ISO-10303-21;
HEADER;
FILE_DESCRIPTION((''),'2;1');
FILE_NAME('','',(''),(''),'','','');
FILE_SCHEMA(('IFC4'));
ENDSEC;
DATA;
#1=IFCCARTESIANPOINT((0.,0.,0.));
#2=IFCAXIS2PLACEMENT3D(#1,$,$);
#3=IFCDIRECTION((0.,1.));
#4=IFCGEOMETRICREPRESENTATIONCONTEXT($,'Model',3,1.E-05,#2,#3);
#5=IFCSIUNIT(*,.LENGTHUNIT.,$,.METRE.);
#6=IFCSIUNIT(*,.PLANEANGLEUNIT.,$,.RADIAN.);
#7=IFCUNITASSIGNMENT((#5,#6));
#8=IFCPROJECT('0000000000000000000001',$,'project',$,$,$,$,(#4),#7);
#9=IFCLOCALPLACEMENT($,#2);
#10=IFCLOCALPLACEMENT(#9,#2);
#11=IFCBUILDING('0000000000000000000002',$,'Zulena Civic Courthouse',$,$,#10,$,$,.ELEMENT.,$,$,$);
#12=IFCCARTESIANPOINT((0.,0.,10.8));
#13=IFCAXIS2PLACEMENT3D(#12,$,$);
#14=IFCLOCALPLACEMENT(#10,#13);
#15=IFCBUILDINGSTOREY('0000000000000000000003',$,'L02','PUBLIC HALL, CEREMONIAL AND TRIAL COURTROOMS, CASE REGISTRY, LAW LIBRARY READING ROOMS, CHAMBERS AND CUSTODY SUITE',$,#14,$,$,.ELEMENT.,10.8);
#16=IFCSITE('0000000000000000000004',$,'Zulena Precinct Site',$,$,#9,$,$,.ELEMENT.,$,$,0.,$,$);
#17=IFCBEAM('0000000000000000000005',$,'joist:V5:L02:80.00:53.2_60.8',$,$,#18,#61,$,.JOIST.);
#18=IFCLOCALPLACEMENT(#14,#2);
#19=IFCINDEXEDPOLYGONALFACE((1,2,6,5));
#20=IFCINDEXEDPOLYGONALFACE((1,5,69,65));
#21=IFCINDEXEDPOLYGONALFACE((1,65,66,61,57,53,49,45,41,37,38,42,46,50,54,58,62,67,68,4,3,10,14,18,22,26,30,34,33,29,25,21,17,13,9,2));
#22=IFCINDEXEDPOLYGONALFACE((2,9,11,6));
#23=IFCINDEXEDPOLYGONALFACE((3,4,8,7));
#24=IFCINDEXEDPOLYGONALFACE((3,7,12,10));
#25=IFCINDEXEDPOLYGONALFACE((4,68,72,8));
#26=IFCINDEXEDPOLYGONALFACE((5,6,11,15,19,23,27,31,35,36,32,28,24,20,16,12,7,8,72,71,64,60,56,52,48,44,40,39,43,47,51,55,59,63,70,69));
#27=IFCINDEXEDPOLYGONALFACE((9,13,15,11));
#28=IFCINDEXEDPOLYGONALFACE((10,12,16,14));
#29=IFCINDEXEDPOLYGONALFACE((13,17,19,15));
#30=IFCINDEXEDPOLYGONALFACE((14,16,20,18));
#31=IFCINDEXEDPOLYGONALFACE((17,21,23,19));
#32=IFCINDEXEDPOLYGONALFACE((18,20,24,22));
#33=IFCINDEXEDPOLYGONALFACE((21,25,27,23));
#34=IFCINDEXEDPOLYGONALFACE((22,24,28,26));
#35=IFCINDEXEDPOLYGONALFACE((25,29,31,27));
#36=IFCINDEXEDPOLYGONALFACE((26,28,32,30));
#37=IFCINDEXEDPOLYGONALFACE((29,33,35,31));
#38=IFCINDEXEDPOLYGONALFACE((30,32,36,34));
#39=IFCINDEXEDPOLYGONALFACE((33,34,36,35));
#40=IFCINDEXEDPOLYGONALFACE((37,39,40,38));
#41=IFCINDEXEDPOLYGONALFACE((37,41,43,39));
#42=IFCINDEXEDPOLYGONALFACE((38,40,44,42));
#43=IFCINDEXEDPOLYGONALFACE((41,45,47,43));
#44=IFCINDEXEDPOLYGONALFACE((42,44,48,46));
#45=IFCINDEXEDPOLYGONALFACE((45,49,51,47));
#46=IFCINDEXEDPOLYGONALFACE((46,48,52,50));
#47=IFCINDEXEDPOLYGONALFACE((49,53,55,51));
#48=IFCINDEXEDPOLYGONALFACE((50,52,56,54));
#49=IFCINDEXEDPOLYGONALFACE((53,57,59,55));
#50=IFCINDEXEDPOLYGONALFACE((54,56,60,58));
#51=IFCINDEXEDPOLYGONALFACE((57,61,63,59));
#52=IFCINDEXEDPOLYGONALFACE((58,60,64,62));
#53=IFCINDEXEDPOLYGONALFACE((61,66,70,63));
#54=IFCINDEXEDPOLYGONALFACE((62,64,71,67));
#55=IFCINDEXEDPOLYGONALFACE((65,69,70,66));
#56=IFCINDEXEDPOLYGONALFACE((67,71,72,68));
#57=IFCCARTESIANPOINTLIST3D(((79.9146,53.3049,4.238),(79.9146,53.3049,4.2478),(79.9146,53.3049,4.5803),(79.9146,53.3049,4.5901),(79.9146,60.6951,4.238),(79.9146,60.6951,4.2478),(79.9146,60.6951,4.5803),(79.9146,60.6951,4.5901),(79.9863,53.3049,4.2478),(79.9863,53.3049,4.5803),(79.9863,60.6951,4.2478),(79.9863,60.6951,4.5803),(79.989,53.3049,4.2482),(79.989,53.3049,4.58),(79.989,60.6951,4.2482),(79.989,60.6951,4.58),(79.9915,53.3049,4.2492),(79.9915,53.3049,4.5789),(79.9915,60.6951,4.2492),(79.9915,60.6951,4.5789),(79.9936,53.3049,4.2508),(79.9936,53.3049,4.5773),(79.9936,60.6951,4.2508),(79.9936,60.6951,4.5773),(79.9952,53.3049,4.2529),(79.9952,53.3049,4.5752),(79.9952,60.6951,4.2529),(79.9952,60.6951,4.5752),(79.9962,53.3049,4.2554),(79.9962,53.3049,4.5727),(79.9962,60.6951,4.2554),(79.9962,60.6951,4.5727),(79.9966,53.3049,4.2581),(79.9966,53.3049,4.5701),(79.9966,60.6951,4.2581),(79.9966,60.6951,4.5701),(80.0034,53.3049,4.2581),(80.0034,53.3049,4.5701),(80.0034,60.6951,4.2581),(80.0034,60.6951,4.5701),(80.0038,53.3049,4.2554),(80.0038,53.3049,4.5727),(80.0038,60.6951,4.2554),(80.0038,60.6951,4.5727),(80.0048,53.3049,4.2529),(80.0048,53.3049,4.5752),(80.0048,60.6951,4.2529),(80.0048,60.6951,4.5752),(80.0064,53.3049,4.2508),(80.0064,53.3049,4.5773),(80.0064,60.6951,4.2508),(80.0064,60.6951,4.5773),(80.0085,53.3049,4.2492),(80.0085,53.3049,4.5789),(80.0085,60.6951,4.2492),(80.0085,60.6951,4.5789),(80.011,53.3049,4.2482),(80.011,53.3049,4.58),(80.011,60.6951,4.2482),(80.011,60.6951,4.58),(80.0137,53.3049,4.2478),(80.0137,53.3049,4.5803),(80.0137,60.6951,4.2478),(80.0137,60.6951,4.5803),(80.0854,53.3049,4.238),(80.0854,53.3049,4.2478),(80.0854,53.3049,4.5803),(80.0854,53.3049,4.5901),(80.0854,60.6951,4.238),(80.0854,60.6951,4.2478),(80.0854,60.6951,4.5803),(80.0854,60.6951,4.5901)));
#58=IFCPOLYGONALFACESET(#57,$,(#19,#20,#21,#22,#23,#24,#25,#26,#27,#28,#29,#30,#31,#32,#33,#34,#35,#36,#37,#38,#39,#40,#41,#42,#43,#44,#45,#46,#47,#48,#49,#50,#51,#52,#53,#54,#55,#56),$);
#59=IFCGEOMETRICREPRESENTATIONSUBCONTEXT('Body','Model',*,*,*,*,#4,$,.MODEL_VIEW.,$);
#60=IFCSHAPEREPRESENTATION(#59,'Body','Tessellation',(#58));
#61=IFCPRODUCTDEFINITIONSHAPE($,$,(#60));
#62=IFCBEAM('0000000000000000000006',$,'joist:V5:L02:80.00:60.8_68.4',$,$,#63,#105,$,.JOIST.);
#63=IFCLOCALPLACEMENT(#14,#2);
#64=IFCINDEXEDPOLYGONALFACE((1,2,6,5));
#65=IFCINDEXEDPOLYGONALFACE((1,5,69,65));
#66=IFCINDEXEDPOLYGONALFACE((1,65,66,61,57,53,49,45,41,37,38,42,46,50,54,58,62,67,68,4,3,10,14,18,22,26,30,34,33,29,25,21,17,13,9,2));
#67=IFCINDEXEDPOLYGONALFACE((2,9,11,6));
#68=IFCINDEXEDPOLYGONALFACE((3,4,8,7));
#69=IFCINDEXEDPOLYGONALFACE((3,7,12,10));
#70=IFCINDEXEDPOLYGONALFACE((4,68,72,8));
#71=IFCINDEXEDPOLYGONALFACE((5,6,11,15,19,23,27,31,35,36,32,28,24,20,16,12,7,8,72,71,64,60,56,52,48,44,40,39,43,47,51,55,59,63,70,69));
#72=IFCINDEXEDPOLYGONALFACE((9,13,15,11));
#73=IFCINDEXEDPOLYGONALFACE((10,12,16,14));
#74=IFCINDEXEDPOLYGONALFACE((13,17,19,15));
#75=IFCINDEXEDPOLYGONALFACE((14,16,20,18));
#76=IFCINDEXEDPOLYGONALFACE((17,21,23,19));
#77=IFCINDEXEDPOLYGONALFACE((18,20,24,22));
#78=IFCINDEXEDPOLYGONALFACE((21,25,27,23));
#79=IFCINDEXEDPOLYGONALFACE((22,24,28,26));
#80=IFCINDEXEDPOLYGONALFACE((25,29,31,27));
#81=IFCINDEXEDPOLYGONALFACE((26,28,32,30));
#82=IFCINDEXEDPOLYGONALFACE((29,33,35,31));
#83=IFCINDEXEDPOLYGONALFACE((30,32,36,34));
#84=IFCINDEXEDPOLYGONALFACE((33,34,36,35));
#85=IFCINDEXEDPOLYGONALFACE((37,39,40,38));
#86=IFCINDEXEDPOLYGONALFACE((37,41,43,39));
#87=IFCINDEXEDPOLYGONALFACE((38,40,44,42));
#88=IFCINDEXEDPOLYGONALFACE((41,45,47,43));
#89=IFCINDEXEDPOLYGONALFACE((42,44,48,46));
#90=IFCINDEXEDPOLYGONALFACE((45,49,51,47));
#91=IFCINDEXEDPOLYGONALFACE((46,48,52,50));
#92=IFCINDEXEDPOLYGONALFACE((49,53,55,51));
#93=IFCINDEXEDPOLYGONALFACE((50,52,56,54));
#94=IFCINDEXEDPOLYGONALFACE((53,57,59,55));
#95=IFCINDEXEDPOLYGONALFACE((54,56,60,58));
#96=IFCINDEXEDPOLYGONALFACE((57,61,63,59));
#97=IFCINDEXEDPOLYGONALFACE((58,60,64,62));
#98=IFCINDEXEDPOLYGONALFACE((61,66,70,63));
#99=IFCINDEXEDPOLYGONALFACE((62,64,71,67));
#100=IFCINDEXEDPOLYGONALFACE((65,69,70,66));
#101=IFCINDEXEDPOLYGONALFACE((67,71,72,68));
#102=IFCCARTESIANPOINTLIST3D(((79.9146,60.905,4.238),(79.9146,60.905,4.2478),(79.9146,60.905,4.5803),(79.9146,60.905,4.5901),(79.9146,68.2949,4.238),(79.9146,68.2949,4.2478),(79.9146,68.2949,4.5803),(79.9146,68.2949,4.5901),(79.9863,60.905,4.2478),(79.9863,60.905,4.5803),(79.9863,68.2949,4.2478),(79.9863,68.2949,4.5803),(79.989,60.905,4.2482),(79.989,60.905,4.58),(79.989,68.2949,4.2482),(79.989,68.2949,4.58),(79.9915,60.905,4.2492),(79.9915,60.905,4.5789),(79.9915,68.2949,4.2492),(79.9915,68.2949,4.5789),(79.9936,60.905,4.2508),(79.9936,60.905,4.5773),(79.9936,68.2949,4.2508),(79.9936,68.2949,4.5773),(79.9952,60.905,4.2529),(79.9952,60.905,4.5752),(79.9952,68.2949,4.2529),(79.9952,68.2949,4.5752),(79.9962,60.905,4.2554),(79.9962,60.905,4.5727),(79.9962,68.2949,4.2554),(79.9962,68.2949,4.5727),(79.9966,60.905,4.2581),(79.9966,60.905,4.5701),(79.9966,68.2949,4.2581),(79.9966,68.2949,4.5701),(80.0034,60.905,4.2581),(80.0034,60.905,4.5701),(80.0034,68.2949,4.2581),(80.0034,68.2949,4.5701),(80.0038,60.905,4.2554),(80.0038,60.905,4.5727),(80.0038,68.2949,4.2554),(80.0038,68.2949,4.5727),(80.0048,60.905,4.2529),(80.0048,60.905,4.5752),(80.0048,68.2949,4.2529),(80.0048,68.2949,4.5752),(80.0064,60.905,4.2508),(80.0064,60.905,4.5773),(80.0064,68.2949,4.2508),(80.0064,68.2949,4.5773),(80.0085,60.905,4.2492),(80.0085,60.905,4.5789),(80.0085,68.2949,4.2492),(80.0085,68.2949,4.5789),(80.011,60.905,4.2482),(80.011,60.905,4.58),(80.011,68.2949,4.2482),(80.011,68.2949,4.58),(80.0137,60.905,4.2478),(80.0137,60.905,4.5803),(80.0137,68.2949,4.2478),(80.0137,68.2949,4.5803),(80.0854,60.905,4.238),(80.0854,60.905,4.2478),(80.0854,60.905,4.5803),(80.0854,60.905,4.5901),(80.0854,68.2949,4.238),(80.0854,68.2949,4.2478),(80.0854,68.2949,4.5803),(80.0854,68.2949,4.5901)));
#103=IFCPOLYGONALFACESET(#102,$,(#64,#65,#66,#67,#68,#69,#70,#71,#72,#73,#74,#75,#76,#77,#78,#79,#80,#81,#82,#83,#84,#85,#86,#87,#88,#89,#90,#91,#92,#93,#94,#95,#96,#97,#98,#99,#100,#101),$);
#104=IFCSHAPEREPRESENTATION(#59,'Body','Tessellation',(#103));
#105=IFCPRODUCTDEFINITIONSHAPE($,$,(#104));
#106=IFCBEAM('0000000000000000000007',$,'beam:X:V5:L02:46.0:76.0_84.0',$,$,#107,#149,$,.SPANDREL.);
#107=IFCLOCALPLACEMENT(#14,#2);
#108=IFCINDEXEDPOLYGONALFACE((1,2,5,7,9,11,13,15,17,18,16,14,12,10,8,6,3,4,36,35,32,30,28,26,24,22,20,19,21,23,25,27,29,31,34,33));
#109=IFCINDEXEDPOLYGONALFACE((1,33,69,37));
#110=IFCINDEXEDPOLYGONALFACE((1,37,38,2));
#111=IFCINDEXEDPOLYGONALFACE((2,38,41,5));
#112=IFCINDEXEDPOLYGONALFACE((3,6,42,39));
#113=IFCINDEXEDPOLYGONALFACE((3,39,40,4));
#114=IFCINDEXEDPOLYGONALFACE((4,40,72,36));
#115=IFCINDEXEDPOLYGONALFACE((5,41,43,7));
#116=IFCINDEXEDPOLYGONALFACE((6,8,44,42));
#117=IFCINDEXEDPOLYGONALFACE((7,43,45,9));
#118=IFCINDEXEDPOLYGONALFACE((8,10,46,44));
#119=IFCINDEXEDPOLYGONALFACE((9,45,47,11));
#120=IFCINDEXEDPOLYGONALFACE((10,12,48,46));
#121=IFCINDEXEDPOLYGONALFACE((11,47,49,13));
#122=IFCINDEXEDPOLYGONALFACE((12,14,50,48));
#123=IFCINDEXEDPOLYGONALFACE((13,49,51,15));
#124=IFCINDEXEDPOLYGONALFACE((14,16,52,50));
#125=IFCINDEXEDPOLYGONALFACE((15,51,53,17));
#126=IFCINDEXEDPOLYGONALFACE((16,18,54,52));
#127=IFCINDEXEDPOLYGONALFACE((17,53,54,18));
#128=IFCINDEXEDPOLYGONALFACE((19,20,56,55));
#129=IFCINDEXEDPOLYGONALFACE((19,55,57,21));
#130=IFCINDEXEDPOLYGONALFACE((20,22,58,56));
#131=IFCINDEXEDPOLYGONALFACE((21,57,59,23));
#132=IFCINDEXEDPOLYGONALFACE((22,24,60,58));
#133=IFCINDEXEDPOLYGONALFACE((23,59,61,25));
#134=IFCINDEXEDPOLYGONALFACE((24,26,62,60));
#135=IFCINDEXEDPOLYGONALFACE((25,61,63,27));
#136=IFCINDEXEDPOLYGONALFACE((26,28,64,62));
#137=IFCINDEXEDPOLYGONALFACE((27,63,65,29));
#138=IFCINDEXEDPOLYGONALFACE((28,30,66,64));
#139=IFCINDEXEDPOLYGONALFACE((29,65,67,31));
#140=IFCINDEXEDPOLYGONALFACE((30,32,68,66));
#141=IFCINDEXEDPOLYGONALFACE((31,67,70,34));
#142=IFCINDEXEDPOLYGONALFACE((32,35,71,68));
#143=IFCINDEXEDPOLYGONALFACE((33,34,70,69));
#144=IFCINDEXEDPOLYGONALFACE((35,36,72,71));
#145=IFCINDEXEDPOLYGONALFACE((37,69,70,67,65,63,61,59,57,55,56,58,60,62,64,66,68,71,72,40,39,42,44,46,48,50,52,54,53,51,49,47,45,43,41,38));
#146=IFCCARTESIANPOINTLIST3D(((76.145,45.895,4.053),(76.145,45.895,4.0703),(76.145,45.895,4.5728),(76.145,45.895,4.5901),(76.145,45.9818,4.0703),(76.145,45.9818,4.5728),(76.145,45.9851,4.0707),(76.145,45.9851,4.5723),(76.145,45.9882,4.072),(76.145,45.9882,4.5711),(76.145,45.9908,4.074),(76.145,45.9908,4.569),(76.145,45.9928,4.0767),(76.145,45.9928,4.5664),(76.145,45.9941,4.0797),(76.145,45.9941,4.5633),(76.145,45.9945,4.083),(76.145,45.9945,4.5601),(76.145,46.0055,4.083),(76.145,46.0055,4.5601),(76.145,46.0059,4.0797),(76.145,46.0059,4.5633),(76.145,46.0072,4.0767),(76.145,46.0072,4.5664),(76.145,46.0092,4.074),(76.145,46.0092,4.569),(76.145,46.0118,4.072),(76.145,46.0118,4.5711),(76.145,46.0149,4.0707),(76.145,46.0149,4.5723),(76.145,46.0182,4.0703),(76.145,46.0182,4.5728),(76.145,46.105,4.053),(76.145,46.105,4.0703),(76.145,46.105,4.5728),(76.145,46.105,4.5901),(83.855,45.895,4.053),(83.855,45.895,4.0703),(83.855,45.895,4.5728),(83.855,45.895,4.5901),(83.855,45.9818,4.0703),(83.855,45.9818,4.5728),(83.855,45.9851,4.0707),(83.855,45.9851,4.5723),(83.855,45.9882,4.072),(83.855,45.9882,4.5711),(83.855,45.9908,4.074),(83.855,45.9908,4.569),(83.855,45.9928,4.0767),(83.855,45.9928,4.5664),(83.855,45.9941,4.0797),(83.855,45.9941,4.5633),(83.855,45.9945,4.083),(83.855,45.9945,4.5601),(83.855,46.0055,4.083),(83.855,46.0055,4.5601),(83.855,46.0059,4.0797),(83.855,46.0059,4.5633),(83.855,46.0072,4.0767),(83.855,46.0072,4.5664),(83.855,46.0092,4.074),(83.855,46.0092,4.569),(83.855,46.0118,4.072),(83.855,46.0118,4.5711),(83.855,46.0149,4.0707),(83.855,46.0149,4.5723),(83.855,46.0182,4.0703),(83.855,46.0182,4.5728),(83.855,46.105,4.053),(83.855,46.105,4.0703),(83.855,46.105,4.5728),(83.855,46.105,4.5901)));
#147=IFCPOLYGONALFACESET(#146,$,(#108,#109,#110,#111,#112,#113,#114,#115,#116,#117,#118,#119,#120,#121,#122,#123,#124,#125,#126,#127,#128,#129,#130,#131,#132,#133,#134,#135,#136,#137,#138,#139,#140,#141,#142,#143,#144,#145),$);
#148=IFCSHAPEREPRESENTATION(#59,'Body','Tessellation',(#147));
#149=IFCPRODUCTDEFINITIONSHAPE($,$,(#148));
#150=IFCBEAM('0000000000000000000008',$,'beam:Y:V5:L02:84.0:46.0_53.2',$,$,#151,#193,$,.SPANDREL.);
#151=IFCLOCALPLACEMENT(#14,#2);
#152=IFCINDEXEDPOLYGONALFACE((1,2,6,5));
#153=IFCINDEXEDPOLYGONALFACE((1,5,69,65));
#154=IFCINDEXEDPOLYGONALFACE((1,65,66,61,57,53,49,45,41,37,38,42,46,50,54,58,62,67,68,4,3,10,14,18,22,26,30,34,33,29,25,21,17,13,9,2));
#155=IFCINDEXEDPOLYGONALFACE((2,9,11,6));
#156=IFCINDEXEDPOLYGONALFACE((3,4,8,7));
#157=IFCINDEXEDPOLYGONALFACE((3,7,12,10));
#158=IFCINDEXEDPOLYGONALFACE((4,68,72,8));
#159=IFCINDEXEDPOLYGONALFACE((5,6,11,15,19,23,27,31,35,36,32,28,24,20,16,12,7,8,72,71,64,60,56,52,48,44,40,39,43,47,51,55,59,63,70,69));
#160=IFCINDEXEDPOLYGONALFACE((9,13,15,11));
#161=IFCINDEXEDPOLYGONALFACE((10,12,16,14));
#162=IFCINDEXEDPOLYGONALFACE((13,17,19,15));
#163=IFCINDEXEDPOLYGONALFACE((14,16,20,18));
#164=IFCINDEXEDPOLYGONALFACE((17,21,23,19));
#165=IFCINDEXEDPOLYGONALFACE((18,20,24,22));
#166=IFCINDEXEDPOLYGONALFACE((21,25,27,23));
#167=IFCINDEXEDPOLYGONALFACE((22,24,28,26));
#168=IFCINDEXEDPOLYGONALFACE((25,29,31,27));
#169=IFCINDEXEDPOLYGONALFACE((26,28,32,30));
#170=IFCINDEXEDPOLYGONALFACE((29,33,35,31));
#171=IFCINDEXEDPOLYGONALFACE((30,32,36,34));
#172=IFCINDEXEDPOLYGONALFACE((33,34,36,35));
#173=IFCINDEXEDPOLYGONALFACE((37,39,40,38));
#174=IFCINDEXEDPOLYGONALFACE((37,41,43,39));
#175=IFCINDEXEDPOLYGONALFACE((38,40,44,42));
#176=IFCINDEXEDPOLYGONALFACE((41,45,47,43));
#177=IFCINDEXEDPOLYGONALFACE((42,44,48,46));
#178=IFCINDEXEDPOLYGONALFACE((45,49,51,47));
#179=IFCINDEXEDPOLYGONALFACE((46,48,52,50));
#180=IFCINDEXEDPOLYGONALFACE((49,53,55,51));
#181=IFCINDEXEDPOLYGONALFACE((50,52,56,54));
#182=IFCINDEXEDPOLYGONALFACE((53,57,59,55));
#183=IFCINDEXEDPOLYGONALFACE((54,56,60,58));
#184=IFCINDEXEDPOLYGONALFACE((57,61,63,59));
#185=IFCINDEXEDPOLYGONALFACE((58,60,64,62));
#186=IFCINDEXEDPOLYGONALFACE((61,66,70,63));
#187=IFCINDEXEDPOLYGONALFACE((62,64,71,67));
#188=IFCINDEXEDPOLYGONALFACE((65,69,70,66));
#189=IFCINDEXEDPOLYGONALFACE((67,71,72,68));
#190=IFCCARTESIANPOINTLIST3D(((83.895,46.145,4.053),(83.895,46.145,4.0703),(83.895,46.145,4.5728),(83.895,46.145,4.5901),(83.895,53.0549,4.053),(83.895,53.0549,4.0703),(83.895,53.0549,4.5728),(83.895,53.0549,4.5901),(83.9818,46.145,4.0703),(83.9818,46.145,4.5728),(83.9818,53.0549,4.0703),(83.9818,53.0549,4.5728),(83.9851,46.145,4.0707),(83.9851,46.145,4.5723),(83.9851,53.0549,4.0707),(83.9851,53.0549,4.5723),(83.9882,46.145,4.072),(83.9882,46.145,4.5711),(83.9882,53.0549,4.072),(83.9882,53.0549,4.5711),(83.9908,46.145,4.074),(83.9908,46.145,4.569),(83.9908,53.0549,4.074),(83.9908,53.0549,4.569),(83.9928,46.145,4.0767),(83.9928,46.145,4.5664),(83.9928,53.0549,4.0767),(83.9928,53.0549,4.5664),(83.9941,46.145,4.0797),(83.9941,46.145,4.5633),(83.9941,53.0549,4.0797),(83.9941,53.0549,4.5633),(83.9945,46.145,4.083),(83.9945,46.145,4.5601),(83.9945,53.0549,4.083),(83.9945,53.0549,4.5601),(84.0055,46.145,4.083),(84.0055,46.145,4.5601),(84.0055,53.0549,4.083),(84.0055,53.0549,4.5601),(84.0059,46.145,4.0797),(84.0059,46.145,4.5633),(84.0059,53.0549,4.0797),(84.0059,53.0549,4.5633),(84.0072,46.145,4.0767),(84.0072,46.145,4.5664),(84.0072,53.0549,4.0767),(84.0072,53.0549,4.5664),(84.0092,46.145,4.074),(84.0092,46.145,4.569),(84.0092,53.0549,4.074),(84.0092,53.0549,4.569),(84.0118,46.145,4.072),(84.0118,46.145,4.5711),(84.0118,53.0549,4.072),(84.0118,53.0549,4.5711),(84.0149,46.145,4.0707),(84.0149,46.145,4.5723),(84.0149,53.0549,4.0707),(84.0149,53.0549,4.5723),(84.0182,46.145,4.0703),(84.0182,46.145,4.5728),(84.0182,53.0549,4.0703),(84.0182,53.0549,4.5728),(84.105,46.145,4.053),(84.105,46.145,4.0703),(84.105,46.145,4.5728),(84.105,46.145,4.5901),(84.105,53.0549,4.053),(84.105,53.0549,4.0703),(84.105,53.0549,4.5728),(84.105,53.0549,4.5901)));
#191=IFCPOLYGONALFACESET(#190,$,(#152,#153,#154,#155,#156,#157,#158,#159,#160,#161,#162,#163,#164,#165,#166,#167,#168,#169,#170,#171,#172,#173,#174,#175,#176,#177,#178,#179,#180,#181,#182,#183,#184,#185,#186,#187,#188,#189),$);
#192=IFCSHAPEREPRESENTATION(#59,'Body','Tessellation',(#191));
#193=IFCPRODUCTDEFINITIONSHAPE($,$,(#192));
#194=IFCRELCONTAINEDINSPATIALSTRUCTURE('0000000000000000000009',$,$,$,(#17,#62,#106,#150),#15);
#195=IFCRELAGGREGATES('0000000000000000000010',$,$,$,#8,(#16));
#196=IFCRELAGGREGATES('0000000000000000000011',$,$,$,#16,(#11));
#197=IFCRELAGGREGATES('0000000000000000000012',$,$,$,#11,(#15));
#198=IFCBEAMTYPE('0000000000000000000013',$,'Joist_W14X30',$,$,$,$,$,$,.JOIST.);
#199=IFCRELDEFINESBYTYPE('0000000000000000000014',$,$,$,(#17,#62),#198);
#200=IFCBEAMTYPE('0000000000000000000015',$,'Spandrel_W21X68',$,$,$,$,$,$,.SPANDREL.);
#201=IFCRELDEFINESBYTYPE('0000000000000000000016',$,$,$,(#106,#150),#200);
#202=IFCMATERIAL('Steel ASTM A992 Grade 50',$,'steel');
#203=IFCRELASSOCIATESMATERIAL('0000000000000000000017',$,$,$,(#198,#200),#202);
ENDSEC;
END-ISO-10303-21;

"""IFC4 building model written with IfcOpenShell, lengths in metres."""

from ifc_helpers import new_model, si_unit, direction, frame, origin, origin_2d, place, context, subcontext, project, spatial, i_section, extrude, material, material_profile, profile_set, type_object, element, save


model = new_model("IFC4")

# Units and contexts
model_context = context("Model", 3, precision=1e-05, world=origin(), true_north=direction((0.0, 1.0)))
body_context = subcontext(model_context, "Body", "Model", "MODEL_VIEW")
ifc_project = project(units=[si_unit("LENGTHUNIT", "METRE"), si_unit("PLANEANGLEUNIT", "RADIAN")], contexts=[model_context])

# Site, building, storey
site_placement = place(None, origin())
site = spatial("IfcSite", under=ifc_project, at=site_placement, Name="Zulena Precinct Site", CompositionType="ELEMENT", RefElevation=0.0)
building_placement = place(site_placement, origin())
building = spatial("IfcBuilding", under=site, at=building_placement, Name="Zulena Civic Courthouse", CompositionType="ELEMENT")
storey_placement = place(building_placement, frame((0.0, 0.0, 10.8)))
storey = spatial("IfcBuildingStorey", under=building, at=storey_placement, Name="L02", Description="PUBLIC HALL, CEREMONIAL AND TRIAL COURTROOMS, CASE REGISTRY, LAW LIBRARY READING ROOMS, CHAMBERS AND CUSTODY SUITE", CompositionType="ELEMENT", Elevation=10.8)

# Shared definitions
ifc_material_1 = material(Name="Steel ASTM A992 Grade 50", Category="steel")

# Beams
ifc_material_profile_1 = material_profile(ifc_material_1, i_section(OverallWidth=0.1709, OverallDepth=0.3521, WebThickness=0.0068, FlangeThickness=0.0098, FilletRadius=0.0103, at=origin_2d()), Name="W14X30")
ifc_profile_set_1 = profile_set([ifc_material_profile_1], Name="Steel ASTM A992 Grade 50")
beam_type_1 = type_object("IfcBeamType", Name="Joist_W14X30", PredefinedType="JOIST", material=ifc_profile_set_1)
beam_1_placement = place(storey_placement, frame((80.0, 53.3049, 4.4141), z_axis=(0.0, 1.0, 0.0), x_axis=(-1.0, 0.0, 0.0)))
element("IfcBeam", 1, at=beam_1_placement, inside=storey, type_object=beam_type_1, Name="joist:V5:L02:80.00:53.2_60.8", PredefinedType="JOIST", context=body_context, shape_type="SweptSolid", body=[
    extrude(i_section(OverallWidth=0.1709, OverallDepth=0.3521, WebThickness=0.0068, FlangeThickness=0.0098, FilletRadius=0.0103, at=origin_2d()), origin(), (0.0, 0.0, 1.0), 7.3901),
])
beam_2_placement = place(storey_placement, frame((80.0, 60.905, 4.4141), z_axis=(0.0, 1.0, 0.0), x_axis=(-1.0, 0.0, 0.0)))
element("IfcBeam", 2, at=beam_2_placement, inside=storey, type_object=beam_type_1, Name="joist:V5:L02:80.00:60.8_68.4", PredefinedType="JOIST", context=body_context, shape_type="SweptSolid", body=[
    extrude(i_section(OverallWidth=0.1709, OverallDepth=0.3521, WebThickness=0.0068, FlangeThickness=0.0098, FilletRadius=0.0103, at=origin_2d()), origin(), (0.0, 0.0, 1.0), 7.3899),
])
ifc_material_profile_2 = material_profile(ifc_material_1, i_section(OverallWidth=0.21, OverallDepth=0.5371, WebThickness=0.011, FlangeThickness=0.0173, FilletRadius=0.0127, at=origin_2d()), Name="W21X68")
ifc_profile_set_2 = profile_set([ifc_material_profile_2], Name="Steel ASTM A992 Grade 50")
beam_type_2 = type_object("IfcBeamType", Name="Spandrel_W21X68", PredefinedType="SPANDREL", material=ifc_profile_set_2)
beam_3_placement = place(storey_placement, frame((76.145, 46.0, 4.3215), z_axis=(1.0, 0.0, 0.0), x_axis=(0.0, 1.0, 0.0)))
element("IfcBeam", 3, at=beam_3_placement, inside=storey, type_object=beam_type_2, Name="beam:X:V5:L02:46.0:76.0_84.0", PredefinedType="SPANDREL", context=body_context, shape_type="SweptSolid", body=[
    extrude(i_section(OverallWidth=0.21, OverallDepth=0.5371, WebThickness=0.011, FlangeThickness=0.0173, FilletRadius=0.0127, at=origin_2d()), origin(), (0.0, 0.0, 1.0), 7.71),
])
beam_4_placement = place(storey_placement, frame((84.0, 46.145, 4.3215), z_axis=(0.0, 1.0, 0.0), x_axis=(-1.0, 0.0, 0.0)))
element("IfcBeam", 4, at=beam_4_placement, inside=storey, type_object=beam_type_2, Name="beam:Y:V5:L02:84.0:46.0_53.2", PredefinedType="SPANDREL", context=body_context, shape_type="SweptSolid", body=[
    extrude(i_section(OverallWidth=0.21, OverallDepth=0.5371, WebThickness=0.011, FlangeThickness=0.0173, FilletRadius=0.0127, at=origin_2d()), origin(), (0.0, 0.0, 1.0), 6.9099),
])

save(model, "model.ifc")
